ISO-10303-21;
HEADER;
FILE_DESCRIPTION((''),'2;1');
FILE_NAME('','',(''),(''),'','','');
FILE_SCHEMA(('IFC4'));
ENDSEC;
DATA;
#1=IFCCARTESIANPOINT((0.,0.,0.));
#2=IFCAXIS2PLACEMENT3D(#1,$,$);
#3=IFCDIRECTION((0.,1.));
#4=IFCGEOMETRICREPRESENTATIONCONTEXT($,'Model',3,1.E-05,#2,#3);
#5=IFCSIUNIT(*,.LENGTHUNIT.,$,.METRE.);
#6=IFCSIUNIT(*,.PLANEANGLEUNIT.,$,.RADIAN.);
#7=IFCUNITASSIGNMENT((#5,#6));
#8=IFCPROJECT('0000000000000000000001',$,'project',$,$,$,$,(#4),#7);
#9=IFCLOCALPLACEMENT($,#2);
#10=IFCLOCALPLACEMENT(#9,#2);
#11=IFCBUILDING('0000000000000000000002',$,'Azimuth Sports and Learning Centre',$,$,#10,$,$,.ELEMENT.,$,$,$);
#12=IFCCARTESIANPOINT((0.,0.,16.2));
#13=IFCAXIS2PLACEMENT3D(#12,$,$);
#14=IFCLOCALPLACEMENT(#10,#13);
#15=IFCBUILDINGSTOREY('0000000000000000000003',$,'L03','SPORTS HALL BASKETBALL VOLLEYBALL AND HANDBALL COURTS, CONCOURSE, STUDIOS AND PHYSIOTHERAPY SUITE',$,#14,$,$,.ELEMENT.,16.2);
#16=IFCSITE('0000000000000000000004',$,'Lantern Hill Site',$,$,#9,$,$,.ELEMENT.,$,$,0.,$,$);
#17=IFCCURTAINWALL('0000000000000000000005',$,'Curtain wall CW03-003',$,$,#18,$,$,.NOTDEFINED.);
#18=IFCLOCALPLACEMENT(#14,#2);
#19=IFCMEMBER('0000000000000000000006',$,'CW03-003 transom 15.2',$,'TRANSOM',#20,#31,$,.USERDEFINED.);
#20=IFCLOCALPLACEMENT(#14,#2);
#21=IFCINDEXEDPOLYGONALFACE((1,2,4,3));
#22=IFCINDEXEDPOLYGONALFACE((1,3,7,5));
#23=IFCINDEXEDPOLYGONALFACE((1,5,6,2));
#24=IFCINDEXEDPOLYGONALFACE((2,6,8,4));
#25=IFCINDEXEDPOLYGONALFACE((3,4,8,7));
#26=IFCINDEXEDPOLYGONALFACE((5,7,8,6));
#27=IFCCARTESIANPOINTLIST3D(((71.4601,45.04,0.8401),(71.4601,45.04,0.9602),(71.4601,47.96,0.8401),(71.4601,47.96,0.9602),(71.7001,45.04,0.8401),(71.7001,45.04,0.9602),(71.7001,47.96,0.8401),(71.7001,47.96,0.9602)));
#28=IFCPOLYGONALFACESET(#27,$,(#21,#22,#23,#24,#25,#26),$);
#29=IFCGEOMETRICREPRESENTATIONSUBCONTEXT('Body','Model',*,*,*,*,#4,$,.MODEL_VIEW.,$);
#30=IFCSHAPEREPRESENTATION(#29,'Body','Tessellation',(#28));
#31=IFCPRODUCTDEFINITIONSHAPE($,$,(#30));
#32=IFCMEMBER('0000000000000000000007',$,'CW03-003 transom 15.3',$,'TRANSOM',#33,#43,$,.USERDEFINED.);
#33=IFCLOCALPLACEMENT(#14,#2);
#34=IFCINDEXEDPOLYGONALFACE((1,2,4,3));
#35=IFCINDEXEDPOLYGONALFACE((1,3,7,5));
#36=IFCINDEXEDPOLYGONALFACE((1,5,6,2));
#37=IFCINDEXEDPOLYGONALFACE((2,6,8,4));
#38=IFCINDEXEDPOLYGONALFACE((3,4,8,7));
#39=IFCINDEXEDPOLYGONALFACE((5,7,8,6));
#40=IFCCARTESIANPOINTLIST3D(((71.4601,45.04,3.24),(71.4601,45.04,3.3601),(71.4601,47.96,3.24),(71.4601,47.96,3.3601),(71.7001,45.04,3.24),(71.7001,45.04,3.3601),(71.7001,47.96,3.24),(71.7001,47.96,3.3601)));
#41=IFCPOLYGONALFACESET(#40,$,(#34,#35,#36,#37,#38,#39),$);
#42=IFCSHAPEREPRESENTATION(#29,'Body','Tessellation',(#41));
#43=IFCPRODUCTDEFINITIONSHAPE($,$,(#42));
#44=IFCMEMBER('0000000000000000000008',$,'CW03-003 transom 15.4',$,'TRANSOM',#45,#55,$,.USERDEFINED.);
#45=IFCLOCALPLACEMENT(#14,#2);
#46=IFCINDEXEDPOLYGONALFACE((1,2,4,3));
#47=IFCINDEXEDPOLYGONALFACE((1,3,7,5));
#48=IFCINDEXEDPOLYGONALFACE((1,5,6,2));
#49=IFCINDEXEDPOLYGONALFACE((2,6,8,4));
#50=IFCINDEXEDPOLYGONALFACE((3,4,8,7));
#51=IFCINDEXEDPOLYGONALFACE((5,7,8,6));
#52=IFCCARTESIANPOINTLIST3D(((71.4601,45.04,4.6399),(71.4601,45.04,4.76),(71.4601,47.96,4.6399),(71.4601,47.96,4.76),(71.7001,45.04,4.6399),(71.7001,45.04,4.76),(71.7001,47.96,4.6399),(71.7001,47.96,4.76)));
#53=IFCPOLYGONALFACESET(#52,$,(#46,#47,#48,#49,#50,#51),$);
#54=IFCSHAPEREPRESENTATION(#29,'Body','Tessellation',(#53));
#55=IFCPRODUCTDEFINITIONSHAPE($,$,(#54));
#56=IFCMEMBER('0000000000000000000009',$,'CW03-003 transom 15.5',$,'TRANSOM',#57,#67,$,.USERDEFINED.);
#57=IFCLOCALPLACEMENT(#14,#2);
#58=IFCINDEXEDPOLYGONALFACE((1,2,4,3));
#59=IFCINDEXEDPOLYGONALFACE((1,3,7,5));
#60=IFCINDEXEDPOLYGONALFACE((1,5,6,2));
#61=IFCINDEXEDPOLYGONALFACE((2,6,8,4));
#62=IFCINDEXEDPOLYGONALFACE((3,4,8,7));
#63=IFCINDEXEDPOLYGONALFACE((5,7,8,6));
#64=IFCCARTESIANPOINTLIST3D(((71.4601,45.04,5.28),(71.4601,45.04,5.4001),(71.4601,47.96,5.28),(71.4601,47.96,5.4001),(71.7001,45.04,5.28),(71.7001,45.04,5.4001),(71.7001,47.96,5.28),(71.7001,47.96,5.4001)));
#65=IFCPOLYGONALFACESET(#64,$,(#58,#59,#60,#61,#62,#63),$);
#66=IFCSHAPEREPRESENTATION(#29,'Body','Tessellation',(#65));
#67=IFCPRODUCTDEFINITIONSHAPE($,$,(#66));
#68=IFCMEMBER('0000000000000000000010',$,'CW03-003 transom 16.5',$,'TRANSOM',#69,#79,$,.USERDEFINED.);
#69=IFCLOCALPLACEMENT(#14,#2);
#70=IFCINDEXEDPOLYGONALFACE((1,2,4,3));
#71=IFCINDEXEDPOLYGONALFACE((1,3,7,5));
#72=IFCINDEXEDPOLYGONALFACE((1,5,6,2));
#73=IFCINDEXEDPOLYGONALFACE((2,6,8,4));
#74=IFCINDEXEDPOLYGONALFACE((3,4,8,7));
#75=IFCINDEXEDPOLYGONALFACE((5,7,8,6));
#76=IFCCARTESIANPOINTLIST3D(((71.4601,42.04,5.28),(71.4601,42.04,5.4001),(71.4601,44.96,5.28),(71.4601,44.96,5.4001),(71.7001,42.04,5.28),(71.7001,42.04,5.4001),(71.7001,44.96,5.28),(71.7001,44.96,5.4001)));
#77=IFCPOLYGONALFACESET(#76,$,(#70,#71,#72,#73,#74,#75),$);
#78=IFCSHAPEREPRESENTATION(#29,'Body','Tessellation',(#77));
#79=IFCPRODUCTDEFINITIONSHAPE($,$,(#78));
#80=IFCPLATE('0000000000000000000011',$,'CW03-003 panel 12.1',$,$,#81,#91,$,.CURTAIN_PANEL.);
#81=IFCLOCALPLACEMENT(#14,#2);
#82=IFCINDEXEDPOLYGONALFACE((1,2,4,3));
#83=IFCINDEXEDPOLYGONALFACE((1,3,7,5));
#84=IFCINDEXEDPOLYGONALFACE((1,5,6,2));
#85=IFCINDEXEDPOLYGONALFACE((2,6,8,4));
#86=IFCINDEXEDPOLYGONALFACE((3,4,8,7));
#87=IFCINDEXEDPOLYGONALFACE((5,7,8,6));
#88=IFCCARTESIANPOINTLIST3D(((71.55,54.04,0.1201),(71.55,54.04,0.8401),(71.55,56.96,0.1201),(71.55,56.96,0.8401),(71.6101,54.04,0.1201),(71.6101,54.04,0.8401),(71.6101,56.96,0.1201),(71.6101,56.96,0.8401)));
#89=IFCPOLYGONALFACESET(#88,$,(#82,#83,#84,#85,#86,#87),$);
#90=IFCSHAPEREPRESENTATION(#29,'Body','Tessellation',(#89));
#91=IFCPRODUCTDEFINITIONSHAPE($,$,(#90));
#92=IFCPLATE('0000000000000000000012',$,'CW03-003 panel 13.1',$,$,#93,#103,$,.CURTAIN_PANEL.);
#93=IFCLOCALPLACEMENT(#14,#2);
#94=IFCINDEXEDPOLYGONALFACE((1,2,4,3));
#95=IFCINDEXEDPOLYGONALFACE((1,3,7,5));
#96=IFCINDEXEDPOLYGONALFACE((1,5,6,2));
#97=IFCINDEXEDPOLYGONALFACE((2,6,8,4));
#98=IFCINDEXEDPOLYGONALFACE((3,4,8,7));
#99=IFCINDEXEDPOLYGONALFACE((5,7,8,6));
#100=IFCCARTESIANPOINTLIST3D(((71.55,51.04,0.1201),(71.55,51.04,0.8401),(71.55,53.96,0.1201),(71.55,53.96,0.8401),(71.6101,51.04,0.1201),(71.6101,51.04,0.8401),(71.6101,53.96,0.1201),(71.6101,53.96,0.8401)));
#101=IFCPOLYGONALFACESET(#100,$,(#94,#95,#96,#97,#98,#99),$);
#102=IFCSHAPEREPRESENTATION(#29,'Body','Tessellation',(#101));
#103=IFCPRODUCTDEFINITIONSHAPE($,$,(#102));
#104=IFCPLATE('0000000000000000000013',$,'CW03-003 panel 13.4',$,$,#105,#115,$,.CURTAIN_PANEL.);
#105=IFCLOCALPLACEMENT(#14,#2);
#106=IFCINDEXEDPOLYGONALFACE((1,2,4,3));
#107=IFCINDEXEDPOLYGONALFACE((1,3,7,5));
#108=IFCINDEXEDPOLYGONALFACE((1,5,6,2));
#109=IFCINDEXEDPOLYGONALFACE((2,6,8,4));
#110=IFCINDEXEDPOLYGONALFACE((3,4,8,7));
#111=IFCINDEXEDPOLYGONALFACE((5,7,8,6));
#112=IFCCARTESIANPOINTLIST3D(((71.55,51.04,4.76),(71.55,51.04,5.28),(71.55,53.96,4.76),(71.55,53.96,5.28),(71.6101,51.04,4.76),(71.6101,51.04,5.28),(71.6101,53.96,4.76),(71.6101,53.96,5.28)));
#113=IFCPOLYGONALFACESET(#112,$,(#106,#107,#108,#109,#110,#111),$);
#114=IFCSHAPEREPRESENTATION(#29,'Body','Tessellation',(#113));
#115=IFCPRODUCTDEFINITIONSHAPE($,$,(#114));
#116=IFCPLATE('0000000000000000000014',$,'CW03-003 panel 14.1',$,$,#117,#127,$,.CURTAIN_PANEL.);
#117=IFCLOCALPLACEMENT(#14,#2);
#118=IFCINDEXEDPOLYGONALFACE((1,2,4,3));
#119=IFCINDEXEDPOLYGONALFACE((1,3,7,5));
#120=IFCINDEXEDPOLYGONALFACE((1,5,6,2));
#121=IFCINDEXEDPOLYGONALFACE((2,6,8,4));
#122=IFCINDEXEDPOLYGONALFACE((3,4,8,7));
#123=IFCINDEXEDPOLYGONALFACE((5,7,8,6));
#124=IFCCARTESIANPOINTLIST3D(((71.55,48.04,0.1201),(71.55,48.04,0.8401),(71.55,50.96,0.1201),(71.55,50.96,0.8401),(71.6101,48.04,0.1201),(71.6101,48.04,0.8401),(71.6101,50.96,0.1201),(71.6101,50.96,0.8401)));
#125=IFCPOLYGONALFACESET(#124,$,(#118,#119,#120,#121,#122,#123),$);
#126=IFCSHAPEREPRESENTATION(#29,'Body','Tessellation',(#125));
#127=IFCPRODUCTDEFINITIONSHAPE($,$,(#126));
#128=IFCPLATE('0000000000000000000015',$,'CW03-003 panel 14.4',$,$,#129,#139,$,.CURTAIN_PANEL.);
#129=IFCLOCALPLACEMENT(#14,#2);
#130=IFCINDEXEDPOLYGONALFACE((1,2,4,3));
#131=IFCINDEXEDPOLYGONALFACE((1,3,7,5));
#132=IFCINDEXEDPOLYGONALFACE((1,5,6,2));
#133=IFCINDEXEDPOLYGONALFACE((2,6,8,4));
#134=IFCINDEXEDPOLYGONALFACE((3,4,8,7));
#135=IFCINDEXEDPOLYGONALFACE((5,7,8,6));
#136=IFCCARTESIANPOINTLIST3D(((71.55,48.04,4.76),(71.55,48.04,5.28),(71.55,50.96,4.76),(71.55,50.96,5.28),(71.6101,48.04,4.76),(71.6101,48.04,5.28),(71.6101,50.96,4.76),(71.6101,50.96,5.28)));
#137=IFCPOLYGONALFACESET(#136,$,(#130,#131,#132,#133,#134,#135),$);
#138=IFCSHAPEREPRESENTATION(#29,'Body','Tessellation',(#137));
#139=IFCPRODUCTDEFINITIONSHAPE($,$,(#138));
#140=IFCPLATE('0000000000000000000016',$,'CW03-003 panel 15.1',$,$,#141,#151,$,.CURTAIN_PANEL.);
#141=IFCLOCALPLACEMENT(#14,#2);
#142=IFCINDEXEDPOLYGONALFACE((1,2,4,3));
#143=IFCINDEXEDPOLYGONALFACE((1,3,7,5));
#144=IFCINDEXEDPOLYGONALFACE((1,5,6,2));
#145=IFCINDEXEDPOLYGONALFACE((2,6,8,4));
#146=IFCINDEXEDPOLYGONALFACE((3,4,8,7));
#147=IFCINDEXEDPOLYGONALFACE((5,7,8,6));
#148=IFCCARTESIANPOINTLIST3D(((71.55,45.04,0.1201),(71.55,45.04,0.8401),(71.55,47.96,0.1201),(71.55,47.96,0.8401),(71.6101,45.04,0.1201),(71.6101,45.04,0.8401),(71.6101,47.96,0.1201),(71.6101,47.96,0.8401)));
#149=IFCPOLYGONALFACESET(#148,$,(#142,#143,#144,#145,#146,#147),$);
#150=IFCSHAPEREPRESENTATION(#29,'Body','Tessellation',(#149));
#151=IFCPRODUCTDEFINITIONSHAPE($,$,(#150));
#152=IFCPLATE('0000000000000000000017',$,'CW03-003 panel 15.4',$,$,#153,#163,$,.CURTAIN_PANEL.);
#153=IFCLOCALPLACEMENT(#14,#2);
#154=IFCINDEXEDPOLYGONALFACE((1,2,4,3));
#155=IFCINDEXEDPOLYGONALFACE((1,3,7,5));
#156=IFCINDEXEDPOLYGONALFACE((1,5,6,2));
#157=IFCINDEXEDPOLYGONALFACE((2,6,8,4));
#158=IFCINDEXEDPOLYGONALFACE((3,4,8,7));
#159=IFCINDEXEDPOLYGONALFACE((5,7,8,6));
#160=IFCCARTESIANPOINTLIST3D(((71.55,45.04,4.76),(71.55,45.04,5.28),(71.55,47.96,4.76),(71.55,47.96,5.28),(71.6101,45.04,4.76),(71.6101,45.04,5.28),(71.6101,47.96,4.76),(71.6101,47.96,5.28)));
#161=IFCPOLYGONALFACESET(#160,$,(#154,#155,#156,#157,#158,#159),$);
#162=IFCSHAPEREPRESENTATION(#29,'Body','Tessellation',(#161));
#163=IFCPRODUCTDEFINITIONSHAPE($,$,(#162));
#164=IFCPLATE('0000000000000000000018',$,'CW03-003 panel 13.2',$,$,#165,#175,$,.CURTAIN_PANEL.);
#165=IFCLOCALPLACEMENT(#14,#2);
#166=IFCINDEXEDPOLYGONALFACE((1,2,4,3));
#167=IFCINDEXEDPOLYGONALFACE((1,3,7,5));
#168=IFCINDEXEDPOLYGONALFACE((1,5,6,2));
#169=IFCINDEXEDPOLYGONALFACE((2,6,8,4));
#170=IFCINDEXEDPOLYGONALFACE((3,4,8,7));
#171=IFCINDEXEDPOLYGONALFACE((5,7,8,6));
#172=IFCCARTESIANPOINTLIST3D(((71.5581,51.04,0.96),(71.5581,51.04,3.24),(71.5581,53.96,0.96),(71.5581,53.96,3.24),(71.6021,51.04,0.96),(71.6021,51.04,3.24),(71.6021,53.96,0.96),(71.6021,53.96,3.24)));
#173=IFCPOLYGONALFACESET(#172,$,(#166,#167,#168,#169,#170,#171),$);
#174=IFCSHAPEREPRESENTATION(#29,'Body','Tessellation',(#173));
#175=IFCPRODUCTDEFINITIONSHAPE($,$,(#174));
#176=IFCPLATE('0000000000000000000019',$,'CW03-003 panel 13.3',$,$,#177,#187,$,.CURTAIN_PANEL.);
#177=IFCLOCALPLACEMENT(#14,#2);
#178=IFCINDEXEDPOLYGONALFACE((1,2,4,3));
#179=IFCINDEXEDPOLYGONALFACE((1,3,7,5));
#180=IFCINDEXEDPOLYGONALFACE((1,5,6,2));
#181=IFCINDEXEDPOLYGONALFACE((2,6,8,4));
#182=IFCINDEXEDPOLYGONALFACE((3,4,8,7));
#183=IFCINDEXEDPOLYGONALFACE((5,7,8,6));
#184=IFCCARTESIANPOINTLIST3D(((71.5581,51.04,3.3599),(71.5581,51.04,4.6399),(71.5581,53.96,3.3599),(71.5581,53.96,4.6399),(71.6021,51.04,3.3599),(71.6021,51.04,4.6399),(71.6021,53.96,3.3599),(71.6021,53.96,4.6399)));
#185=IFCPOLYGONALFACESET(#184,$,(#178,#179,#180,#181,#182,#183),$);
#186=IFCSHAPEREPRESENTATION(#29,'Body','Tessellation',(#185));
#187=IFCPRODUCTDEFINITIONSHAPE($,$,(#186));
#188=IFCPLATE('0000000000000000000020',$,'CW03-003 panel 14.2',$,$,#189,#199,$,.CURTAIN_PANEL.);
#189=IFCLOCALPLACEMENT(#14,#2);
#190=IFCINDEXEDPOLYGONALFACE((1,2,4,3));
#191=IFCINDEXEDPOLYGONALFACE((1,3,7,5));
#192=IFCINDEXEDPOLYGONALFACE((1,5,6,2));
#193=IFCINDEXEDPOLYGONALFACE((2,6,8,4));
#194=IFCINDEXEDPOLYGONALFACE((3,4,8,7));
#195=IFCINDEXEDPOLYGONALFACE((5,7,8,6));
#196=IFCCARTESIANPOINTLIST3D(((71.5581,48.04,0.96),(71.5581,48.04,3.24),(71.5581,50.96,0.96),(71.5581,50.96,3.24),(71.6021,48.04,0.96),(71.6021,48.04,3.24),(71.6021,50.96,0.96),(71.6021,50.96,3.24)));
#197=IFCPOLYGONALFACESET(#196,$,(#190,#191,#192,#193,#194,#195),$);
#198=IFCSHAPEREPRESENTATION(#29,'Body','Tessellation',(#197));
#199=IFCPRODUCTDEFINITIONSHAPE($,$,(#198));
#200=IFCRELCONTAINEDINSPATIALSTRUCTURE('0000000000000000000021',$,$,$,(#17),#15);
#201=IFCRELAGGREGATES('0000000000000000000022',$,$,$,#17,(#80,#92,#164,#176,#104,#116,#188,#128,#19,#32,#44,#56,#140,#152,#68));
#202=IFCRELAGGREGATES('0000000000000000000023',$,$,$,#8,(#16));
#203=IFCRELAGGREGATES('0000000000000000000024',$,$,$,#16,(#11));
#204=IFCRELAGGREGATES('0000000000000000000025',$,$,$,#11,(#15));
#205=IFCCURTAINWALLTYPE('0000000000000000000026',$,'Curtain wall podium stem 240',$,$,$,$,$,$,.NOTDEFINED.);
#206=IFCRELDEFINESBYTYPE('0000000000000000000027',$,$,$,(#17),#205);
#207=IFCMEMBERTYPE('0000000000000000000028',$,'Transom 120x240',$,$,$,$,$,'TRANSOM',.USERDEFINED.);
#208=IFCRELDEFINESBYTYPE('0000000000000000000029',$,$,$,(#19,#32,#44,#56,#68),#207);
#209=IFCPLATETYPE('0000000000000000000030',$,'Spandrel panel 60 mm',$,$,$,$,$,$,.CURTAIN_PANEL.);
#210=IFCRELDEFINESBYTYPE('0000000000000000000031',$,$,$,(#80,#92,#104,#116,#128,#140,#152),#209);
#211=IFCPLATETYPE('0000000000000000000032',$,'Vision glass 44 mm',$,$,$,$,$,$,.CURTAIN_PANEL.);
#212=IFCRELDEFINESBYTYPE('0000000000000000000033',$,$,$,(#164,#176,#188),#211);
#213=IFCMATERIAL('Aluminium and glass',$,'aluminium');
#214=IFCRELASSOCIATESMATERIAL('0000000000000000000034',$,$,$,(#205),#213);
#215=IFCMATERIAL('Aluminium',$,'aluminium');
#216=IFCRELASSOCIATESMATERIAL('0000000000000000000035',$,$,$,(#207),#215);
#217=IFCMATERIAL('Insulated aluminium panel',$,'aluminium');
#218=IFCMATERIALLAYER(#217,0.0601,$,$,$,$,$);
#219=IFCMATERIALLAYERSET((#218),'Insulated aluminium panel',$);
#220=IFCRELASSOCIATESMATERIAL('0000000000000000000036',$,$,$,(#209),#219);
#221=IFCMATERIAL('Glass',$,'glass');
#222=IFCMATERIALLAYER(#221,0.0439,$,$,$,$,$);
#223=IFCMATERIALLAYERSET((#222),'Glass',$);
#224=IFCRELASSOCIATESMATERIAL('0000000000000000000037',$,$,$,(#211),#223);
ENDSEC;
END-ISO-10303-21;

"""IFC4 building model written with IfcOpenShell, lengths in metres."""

from ifc_helpers import new_model, si_unit, direction, frame, origin, origin_2d, place, context, subcontext, project, spatial, rectangle, extrude, material, layer, layer_set, material_profile, profile_set, type_object, element, aggregate, save


model = new_model("IFC4")

# Units and contexts
model_context = context("Model", 3, precision=1e-05, world=origin(), true_north=direction((0.0, 1.0)))
body_context = subcontext(model_context, "Body", "Model", "MODEL_VIEW")
ifc_project = project(units=[si_unit("LENGTHUNIT", "METRE"), si_unit("PLANEANGLEUNIT", "RADIAN")], contexts=[model_context])

# Site, building, storey
site_placement = place(None, origin())
site = spatial("IfcSite", under=ifc_project, at=site_placement, Name="Lantern Hill Site", CompositionType="ELEMENT", RefElevation=0.0)
building_placement = place(site_placement, origin())
building = spatial("IfcBuilding", under=site, at=building_placement, Name="Azimuth Sports and Learning Centre", CompositionType="ELEMENT")
storey_placement = place(building_placement, frame((0.0, 0.0, 16.2)))
storey = spatial("IfcBuildingStorey", under=building, at=storey_placement, Name="L03", Description="SPORTS HALL BASKETBALL VOLLEYBALL AND HANDBALL COURTS, CONCOURSE, STUDIOS AND PHYSIOTHERAPY SUITE", CompositionType="ELEMENT", Elevation=16.2)

# Curtain wall, members, plates
ifc_material_1 = material(Name="Aluminium and glass", Category="aluminium")
curtain_wall_type = type_object("IfcCurtainWallType", Name="Curtain wall podium stem 240", PredefinedType="NOTDEFINED", material=ifc_material_1)
curtain_wall_placement = place(storey_placement, origin())
curtain_wall = element("IfcCurtainWall", 1, at=curtain_wall_placement, inside=storey, type_object=curtain_wall_type, Name="Curtain wall CW03-003", PredefinedType="NOTDEFINED")
ifc_material_2 = material(Name="Aluminium", Category="aluminium")
ifc_material_profile_1 = material_profile(ifc_material_2, rectangle(XDim=0.24, YDim=0.1201, at=origin_2d()), Name="Transom 120x240")
ifc_profile_set_1 = profile_set([ifc_material_profile_1], Name="Aluminium")
member_type_1 = type_object("IfcMemberType", Name="Transom 120x240", ElementType="TRANSOM", PredefinedType="USERDEFINED", material=ifc_profile_set_1)
member_1_placement = place(storey_placement, frame((71.5801, 47.96, 0.9001), z_axis=(0.0, -1.0, 0.0), x_axis=(1.0, 0.0, 0.0)))
member_1 = element("IfcMember", 2, at=member_1_placement, type_object=member_type_1, Name="CW03-003 transom 15.2", ObjectType="TRANSOM", PredefinedType="USERDEFINED", context=body_context, shape_type="SweptSolid", body=[
    extrude(rectangle(XDim=0.24, YDim=0.1201, at=origin_2d()), origin(), (0.0, 0.0, 1.0), 2.9199),
])
member_2_placement = place(storey_placement, frame((71.5801, 47.96, 3.3), z_axis=(0.0, -1.0, 0.0), x_axis=(1.0, 0.0, 0.0)))
member_2 = element("IfcMember", 3, at=member_2_placement, type_object=member_type_1, Name="CW03-003 transom 15.3", ObjectType="TRANSOM", PredefinedType="USERDEFINED", context=body_context, shape_type="SweptSolid", body=[
    extrude(rectangle(XDim=0.24, YDim=0.1201, at=origin_2d()), origin(), (0.0, 0.0, 1.0), 2.9199),
])
member_3_placement = place(storey_placement, frame((71.5801, 47.96, 4.7), z_axis=(0.0, -1.0, 0.0), x_axis=(1.0, 0.0, 0.0)))
member_3 = element("IfcMember", 4, at=member_3_placement, type_object=member_type_1, Name="CW03-003 transom 15.4", ObjectType="TRANSOM", PredefinedType="USERDEFINED", context=body_context, shape_type="SweptSolid", body=[
    extrude(rectangle(XDim=0.24, YDim=0.1201, at=origin_2d()), origin(), (0.0, 0.0, 1.0), 2.9199),
])
member_4_placement = place(storey_placement, frame((71.5801, 47.96, 5.3401), z_axis=(0.0, -1.0, 0.0), x_axis=(1.0, 0.0, 0.0)))
member_4 = element("IfcMember", 5, at=member_4_placement, type_object=member_type_1, Name="CW03-003 transom 15.5", ObjectType="TRANSOM", PredefinedType="USERDEFINED", context=body_context, shape_type="SweptSolid", body=[
    extrude(rectangle(XDim=0.24, YDim=0.1201, at=origin_2d()), origin(), (0.0, 0.0, 1.0), 2.9199),
])
member_5_placement = place(storey_placement, frame((71.5801, 44.96, 5.3401), z_axis=(0.0, -1.0, 0.0), x_axis=(1.0, 0.0, 0.0)))
member_5 = element("IfcMember", 6, at=member_5_placement, type_object=member_type_1, Name="CW03-003 transom 16.5", ObjectType="TRANSOM", PredefinedType="USERDEFINED", context=body_context, shape_type="SweptSolid", body=[
    extrude(rectangle(XDim=0.24, YDim=0.1201, at=origin_2d()), origin(), (0.0, 0.0, 1.0), 2.9199),
])
ifc_material_3 = material(Name="Insulated aluminium panel", Category="aluminium")
ifc_layer_1 = layer(ifc_material_3, 0.0601)
ifc_layer_set_1 = layer_set([ifc_layer_1], Name="Insulated aluminium panel")
plate_type_1 = type_object("IfcPlateType", Name="Spandrel panel 60 mm", PredefinedType="CURTAIN_PANEL", material=ifc_layer_set_1)
plate_1_placement = place(storey_placement, frame((71.5801, 55.5, 0.1201), z_axis=(0.0, 0.0, 1.0), x_axis=(0.0, -1.0, 0.0)))
plate_1 = element("IfcPlate", 7, at=plate_1_placement, type_object=plate_type_1, Name="CW03-003 panel 12.1", PredefinedType="CURTAIN_PANEL", context=body_context, shape_type="SweptSolid", body=[
    extrude(rectangle(XDim=2.9199, YDim=0.0601, at=origin_2d()), origin(), (0.0, 0.0, 1.0), 0.72),
])
plate_2_placement = place(storey_placement, frame((71.5801, 52.5, 0.1201), z_axis=(0.0, 0.0, 1.0), x_axis=(0.0, -1.0, 0.0)))
plate_2 = element("IfcPlate", 8, at=plate_2_placement, type_object=plate_type_1, Name="CW03-003 panel 13.1", PredefinedType="CURTAIN_PANEL", context=body_context, shape_type="SweptSolid", body=[
    extrude(rectangle(XDim=2.9199, YDim=0.0601, at=origin_2d()), origin(), (0.0, 0.0, 1.0), 0.72),
])
plate_3_placement = place(storey_placement, frame((71.5801, 52.5, 4.76), z_axis=(0.0, 0.0, 1.0), x_axis=(0.0, -1.0, 0.0)))
plate_3 = element("IfcPlate", 9, at=plate_3_placement, type_object=plate_type_1, Name="CW03-003 panel 13.4", PredefinedType="CURTAIN_PANEL", context=body_context, shape_type="SweptSolid", body=[
    extrude(rectangle(XDim=2.9199, YDim=0.0601, at=origin_2d()), origin(), (0.0, 0.0, 1.0), 0.52),
])
plate_4_placement = place(storey_placement, frame((71.5801, 49.5, 0.1201), z_axis=(0.0, 0.0, 1.0), x_axis=(0.0, -1.0, 0.0)))
plate_4 = element("IfcPlate", 10, at=plate_4_placement, type_object=plate_type_1, Name="CW03-003 panel 14.1", PredefinedType="CURTAIN_PANEL", context=body_context, shape_type="SweptSolid", body=[
    extrude(rectangle(XDim=2.9199, YDim=0.0601, at=origin_2d()), origin(), (0.0, 0.0, 1.0), 0.72),
])
plate_5_placement = place(storey_placement, frame((71.5801, 49.5, 4.76), z_axis=(0.0, 0.0, 1.0), x_axis=(0.0, -1.0, 0.0)))
plate_5 = element("IfcPlate", 11, at=plate_5_placement, type_object=plate_type_1, Name="CW03-003 panel 14.4", PredefinedType="CURTAIN_PANEL", context=body_context, shape_type="SweptSolid", body=[
    extrude(rectangle(XDim=2.9199, YDim=0.0601, at=origin_2d()), origin(), (0.0, 0.0, 1.0), 0.52),
])
plate_6_placement = place(storey_placement, frame((71.5801, 46.5, 0.1201), z_axis=(0.0, 0.0, 1.0), x_axis=(0.0, -1.0, 0.0)))
plate_6 = element("IfcPlate", 12, at=plate_6_placement, type_object=plate_type_1, Name="CW03-003 panel 15.1", PredefinedType="CURTAIN_PANEL", context=body_context, shape_type="SweptSolid", body=[
    extrude(rectangle(XDim=2.9199, YDim=0.0601, at=origin_2d()), origin(), (0.0, 0.0, 1.0), 0.72),
])
plate_7_placement = place(storey_placement, frame((71.5801, 46.5, 4.76), z_axis=(0.0, 0.0, 1.0), x_axis=(0.0, -1.0, 0.0)))
plate_7 = element("IfcPlate", 13, at=plate_7_placement, type_object=plate_type_1, Name="CW03-003 panel 15.4", PredefinedType="CURTAIN_PANEL", context=body_context, shape_type="SweptSolid", body=[
    extrude(rectangle(XDim=2.9199, YDim=0.0601, at=origin_2d()), origin(), (0.0, 0.0, 1.0), 0.52),
])
ifc_material_4 = material(Name="Glass", Category="glass")
ifc_layer_2 = layer(ifc_material_4, 0.0439)
ifc_layer_set_2 = layer_set([ifc_layer_2], Name="Glass")
plate_type_2 = type_object("IfcPlateType", Name="Vision glass 44 mm", PredefinedType="CURTAIN_PANEL", material=ifc_layer_set_2)
plate_8_placement = place(storey_placement, frame((71.5801, 52.5, 0.96), z_axis=(0.0, 0.0, 1.0), x_axis=(0.0, -1.0, 0.0)))
plate_8 = element("IfcPlate", 14, at=plate_8_placement, type_object=plate_type_2, Name="CW03-003 panel 13.2", PredefinedType="CURTAIN_PANEL", context=body_context, shape_type="SweptSolid", body=[
    extrude(rectangle(XDim=2.9199, YDim=0.0439, at=origin_2d()), origin(), (0.0, 0.0, 1.0), 2.28),
])
plate_9_placement = place(storey_placement, frame((71.5801, 52.5, 3.3599), z_axis=(0.0, 0.0, 1.0), x_axis=(0.0, -1.0, 0.0)))
plate_9 = element("IfcPlate", 15, at=plate_9_placement, type_object=plate_type_2, Name="CW03-003 panel 13.3", PredefinedType="CURTAIN_PANEL", context=body_context, shape_type="SweptSolid", body=[
    extrude(rectangle(XDim=2.9199, YDim=0.0439, at=origin_2d()), origin(), (0.0, 0.0, 1.0), 1.28),
])
plate_10_placement = place(storey_placement, frame((71.5801, 49.5, 0.96), z_axis=(0.0, 0.0, 1.0), x_axis=(0.0, -1.0, 0.0)))
plate_10 = element("IfcPlate", 16, at=plate_10_placement, type_object=plate_type_2, Name="CW03-003 panel 14.2", PredefinedType="CURTAIN_PANEL", context=body_context, shape_type="SweptSolid", body=[
    extrude(rectangle(XDim=2.9199, YDim=0.0439, at=origin_2d()), origin(), (0.0, 0.0, 1.0), 2.28),
])
aggregate(curtain_wall, [plate_1, plate_2, plate_8, plate_9, plate_3, plate_4, plate_10, plate_5, member_1, member_2, member_3, member_4, plate_6, plate_7, member_5])

save(model, "model.ifc")
